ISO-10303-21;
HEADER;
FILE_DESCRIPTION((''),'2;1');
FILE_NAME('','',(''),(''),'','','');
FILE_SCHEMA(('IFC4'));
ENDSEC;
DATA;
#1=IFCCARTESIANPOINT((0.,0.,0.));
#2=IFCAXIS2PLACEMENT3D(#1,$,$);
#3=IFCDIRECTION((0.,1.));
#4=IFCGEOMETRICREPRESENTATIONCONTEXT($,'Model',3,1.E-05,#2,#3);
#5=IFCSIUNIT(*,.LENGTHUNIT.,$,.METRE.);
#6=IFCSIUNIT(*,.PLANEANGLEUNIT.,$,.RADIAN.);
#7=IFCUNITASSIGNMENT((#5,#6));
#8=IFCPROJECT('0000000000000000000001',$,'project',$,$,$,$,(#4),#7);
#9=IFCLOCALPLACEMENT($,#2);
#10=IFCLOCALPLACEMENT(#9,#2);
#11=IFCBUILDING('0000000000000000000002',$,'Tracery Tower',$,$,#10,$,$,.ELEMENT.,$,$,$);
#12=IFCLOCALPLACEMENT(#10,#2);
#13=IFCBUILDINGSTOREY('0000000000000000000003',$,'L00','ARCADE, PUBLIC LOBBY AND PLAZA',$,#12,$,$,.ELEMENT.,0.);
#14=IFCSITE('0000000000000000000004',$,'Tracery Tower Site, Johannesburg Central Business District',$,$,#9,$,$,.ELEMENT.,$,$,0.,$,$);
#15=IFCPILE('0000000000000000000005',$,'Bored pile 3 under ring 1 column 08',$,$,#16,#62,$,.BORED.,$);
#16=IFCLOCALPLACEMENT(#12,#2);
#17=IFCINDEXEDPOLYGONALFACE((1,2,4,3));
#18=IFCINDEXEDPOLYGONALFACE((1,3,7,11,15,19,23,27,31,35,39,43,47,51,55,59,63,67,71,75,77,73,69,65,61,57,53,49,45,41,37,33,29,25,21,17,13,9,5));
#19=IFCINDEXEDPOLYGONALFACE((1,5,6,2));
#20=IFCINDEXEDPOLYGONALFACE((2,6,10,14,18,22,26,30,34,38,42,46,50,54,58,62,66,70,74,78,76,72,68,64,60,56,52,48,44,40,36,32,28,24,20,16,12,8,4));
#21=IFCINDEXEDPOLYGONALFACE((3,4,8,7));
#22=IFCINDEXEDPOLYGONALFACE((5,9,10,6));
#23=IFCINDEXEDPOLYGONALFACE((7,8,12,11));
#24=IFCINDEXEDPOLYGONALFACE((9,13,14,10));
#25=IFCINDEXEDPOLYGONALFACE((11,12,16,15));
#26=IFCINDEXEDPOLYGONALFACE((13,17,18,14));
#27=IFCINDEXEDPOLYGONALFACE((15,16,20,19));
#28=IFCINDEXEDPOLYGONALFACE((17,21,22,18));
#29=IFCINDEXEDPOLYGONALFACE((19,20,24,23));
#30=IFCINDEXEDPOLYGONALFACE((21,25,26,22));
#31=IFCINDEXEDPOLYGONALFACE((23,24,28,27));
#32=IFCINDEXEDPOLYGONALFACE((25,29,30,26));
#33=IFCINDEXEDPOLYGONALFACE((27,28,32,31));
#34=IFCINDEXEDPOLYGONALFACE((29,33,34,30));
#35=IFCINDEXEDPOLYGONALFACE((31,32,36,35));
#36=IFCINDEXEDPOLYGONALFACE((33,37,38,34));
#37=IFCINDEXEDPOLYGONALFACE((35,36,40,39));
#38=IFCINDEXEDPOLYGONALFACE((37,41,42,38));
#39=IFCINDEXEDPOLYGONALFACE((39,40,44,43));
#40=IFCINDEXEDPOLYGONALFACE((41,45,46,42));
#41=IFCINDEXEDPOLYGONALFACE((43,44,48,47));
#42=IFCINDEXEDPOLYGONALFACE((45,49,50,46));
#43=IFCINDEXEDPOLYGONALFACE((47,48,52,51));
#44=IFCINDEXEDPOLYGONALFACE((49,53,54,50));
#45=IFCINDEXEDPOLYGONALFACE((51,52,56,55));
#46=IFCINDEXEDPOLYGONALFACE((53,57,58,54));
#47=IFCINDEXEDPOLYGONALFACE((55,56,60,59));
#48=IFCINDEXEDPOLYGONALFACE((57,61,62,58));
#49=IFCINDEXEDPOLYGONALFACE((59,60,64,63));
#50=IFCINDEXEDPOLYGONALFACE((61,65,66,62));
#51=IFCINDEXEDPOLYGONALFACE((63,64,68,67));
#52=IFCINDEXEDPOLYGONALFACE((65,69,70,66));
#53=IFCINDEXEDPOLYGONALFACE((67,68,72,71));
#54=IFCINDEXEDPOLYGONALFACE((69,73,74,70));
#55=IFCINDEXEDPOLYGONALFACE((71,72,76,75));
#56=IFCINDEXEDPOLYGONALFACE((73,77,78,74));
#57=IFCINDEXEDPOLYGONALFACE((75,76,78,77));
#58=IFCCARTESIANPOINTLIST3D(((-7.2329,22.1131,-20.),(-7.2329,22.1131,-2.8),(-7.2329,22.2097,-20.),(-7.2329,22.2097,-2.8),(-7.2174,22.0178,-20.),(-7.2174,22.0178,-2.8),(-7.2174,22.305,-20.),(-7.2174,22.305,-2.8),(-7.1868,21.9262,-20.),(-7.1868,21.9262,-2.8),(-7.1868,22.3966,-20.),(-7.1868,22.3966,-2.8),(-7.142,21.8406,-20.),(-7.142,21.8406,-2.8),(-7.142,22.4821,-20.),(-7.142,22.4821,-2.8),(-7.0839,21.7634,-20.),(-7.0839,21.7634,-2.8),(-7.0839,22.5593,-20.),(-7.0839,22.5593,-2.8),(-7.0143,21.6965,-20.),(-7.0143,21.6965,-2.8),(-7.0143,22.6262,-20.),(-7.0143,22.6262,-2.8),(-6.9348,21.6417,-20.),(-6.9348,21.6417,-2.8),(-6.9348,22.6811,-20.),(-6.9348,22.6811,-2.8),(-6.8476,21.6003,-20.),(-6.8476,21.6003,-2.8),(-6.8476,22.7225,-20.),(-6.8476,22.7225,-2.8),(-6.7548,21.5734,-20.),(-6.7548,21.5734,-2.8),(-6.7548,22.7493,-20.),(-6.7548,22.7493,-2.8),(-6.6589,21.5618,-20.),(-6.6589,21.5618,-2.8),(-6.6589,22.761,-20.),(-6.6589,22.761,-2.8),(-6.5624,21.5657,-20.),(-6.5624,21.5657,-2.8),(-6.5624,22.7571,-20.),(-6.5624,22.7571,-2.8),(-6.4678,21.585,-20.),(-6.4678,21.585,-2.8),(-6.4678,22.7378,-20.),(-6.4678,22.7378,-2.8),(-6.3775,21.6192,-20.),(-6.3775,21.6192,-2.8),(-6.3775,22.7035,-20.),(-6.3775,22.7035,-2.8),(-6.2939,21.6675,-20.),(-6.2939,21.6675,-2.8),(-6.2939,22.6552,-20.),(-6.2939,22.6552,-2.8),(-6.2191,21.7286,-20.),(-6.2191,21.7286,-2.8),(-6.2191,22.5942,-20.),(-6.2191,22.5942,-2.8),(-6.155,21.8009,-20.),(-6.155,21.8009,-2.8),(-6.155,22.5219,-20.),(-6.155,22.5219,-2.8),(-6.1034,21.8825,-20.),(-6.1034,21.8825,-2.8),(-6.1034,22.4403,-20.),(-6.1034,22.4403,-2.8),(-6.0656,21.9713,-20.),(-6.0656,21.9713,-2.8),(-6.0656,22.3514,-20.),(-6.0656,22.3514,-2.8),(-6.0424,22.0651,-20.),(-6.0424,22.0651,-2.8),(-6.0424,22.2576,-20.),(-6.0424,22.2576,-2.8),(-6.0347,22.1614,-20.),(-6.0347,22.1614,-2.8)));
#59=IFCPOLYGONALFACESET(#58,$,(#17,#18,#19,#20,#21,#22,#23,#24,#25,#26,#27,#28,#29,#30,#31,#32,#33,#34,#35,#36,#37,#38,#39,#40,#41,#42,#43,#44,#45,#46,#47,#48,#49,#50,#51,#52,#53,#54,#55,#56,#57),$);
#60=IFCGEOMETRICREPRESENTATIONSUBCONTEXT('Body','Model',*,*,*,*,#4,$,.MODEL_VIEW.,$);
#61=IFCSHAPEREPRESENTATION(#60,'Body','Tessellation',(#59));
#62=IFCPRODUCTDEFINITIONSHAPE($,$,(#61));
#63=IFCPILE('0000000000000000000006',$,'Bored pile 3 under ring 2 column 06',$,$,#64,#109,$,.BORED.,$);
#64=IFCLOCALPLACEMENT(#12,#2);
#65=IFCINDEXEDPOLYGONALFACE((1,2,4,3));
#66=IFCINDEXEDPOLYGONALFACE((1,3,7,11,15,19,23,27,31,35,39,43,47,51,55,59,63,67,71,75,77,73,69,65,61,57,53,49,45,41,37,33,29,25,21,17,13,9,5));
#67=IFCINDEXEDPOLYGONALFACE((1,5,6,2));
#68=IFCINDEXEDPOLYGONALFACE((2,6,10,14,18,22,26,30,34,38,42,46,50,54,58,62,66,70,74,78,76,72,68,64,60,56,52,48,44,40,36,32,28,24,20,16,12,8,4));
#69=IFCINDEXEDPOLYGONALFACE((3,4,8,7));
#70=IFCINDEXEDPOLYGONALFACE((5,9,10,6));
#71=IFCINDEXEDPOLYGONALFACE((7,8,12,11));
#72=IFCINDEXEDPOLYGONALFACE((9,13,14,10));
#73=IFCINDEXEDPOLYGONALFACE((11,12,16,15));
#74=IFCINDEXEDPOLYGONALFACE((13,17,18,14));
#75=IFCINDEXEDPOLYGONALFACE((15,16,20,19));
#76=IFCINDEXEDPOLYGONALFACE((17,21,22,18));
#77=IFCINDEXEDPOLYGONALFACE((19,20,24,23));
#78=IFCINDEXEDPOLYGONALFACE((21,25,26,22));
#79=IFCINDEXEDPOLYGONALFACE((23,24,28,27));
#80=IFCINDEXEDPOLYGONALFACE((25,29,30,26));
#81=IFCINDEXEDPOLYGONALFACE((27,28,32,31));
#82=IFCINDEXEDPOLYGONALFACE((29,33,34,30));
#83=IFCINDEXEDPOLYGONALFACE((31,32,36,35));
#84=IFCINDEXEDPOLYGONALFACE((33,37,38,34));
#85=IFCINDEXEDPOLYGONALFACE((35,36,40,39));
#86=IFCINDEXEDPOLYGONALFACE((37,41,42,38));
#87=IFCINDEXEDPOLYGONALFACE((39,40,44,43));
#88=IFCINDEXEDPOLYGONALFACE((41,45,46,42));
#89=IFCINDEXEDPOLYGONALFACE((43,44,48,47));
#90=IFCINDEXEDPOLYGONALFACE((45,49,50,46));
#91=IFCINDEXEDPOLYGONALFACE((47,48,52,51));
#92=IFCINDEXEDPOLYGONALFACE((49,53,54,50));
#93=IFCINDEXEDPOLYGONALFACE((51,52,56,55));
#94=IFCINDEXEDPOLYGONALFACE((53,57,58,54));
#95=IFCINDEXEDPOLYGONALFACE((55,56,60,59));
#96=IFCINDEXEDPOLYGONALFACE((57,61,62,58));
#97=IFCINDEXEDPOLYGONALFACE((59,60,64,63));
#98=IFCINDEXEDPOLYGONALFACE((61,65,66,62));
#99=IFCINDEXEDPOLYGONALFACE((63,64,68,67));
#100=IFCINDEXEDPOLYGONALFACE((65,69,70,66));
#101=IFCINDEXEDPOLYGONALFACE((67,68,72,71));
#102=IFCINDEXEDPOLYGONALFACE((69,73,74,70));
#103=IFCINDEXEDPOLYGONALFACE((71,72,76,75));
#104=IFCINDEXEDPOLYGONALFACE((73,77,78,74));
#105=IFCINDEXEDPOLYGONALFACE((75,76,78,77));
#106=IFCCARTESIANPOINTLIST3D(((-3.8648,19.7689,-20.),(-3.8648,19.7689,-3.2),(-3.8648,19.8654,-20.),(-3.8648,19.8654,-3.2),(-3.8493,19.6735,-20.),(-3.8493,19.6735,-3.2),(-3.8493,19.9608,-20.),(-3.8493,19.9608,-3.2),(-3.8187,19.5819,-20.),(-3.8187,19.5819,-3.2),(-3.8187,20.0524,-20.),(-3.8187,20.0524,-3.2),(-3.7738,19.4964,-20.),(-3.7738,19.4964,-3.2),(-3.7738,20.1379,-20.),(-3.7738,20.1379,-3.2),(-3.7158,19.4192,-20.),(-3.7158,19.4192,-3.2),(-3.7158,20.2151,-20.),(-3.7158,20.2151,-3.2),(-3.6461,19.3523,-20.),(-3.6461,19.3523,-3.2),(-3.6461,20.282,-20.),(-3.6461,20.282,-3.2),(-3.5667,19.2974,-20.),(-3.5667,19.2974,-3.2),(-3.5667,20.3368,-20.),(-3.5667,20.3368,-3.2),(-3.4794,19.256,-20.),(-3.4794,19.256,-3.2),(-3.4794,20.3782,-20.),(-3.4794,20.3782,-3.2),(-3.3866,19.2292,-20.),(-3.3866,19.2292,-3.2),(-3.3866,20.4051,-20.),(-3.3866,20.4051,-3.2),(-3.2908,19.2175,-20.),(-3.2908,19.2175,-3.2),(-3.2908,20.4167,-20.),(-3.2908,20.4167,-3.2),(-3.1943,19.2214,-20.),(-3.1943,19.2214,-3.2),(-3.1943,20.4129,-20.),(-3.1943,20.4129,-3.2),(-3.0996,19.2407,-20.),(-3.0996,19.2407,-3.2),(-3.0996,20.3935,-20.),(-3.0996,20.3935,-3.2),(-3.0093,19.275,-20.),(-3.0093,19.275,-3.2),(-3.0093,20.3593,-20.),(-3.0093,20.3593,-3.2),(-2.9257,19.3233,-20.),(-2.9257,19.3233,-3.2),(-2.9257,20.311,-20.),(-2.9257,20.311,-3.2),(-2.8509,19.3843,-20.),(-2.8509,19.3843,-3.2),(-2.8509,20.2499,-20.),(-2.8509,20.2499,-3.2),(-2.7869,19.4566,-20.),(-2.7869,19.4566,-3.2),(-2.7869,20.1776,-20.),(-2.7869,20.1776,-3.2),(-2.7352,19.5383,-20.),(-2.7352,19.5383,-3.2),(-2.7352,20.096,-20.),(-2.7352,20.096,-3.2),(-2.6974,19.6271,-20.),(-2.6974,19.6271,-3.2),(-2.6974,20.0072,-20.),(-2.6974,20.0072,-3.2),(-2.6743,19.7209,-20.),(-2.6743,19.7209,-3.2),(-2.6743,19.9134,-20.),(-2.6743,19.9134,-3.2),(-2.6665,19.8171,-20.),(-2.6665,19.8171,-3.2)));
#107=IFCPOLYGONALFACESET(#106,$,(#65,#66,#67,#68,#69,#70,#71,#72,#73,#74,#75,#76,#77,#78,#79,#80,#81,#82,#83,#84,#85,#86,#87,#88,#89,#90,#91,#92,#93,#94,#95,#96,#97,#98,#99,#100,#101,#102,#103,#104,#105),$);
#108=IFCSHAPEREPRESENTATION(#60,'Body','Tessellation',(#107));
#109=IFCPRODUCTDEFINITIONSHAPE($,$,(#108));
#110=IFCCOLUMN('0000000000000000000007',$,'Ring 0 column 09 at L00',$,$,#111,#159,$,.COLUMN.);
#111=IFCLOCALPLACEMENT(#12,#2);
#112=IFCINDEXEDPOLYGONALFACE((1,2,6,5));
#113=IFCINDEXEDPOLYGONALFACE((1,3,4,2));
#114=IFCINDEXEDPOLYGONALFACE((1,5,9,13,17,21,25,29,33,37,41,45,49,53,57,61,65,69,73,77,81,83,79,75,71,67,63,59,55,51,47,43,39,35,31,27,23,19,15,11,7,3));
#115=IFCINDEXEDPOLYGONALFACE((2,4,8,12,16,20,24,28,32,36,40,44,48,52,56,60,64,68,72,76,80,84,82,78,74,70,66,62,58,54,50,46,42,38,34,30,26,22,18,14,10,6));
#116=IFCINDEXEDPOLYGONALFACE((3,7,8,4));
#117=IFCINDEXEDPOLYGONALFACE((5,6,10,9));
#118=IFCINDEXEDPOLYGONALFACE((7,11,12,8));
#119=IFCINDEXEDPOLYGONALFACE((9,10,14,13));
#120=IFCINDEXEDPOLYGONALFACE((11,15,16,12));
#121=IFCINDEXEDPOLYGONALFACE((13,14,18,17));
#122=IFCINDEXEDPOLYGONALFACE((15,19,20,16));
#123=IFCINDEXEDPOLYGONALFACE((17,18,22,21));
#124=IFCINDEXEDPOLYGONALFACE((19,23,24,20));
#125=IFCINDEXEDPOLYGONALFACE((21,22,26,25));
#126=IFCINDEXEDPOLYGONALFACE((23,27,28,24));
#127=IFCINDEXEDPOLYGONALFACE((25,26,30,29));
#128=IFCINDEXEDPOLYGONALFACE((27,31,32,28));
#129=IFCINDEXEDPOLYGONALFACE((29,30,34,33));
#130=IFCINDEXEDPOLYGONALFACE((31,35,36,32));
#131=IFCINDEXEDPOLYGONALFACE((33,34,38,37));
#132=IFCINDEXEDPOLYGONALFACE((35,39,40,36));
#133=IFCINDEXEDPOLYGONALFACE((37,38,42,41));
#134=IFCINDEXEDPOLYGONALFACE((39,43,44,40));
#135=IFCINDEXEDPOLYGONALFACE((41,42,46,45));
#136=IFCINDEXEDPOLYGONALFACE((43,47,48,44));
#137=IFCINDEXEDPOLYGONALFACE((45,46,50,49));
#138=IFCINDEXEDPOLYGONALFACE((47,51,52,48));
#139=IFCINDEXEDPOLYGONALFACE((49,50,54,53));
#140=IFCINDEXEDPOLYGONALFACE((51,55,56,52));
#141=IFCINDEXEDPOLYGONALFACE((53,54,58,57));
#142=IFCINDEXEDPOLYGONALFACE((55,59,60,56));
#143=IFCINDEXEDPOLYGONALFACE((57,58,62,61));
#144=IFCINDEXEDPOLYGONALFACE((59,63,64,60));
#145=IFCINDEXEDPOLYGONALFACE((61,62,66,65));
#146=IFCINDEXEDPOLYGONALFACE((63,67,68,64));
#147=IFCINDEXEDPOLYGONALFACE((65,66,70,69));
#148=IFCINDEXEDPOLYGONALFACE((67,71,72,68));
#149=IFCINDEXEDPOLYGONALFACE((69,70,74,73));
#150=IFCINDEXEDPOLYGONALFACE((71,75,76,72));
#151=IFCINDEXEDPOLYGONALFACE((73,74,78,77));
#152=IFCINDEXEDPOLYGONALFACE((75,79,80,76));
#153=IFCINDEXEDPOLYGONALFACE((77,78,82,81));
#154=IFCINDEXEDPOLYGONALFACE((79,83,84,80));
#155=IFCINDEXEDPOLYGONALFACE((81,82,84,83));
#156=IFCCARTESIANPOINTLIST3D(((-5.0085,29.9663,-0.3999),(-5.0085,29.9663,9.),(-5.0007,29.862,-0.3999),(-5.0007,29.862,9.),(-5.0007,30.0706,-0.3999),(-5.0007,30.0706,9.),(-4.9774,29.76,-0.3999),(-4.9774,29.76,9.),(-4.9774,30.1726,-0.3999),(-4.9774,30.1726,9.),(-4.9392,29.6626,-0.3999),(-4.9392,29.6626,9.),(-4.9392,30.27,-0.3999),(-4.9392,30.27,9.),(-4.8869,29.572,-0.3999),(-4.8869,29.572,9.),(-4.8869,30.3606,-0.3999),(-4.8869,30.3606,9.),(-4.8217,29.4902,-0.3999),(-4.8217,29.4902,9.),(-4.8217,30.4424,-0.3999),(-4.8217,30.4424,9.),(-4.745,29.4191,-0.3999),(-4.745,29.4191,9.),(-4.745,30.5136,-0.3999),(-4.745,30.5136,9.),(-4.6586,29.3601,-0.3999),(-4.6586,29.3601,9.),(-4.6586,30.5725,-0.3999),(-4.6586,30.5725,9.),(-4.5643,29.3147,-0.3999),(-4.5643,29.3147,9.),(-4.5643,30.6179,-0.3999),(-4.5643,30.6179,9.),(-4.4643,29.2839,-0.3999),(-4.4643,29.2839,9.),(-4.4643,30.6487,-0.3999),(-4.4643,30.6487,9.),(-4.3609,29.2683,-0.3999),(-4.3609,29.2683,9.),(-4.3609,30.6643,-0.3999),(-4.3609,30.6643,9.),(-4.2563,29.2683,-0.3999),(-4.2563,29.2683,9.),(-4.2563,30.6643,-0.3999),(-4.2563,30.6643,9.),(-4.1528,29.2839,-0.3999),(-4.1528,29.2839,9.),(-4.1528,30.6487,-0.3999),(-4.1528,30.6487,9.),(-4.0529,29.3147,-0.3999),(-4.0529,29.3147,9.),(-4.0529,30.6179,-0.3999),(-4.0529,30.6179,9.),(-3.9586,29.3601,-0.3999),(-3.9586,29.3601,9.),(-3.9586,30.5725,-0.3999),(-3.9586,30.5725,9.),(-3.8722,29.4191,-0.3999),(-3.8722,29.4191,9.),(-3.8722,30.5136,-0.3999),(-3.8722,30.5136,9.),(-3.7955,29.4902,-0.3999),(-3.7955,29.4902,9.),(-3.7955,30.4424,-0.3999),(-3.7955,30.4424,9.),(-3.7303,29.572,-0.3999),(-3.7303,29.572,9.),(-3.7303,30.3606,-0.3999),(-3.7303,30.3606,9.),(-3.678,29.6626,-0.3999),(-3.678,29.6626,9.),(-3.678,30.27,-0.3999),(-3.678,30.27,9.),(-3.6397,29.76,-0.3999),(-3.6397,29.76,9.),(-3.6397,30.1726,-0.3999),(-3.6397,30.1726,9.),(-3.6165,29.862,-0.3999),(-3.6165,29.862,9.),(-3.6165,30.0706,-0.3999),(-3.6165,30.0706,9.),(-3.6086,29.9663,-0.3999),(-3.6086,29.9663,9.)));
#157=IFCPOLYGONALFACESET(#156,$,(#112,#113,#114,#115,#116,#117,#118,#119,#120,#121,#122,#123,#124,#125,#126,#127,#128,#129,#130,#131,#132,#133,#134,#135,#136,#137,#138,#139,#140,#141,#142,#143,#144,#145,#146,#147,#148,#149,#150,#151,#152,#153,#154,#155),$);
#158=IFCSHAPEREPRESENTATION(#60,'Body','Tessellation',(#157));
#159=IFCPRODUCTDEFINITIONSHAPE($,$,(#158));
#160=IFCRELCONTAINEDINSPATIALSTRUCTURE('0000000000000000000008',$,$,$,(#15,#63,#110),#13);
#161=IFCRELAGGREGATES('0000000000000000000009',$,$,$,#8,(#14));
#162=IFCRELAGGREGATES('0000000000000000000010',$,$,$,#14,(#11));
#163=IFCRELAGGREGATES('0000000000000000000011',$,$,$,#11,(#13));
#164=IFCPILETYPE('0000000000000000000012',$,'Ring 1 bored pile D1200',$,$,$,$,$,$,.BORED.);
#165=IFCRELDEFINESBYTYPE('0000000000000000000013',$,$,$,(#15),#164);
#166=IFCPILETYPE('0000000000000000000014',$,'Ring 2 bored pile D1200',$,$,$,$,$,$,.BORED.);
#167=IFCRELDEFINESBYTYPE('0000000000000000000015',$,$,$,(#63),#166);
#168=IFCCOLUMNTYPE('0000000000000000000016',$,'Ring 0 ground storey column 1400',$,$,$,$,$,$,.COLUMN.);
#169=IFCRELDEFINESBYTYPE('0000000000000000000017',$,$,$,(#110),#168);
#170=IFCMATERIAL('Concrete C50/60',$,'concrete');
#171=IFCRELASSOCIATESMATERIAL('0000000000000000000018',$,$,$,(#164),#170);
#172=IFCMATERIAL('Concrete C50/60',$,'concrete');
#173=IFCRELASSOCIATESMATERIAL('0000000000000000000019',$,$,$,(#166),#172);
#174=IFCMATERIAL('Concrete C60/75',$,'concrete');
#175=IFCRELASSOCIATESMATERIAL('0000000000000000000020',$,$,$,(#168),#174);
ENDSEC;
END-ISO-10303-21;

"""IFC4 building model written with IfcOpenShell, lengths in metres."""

from ifc_helpers import new_model, si_unit, direction, frame, origin, origin_2d, place, context, subcontext, project, spatial, circle, extrude, material, material_profile, profile_set, type_object, element, save


model = new_model("IFC4")

# Units and contexts
model_context = context("Model", 3, precision=1e-05, world=origin(), true_north=direction((0.0, 1.0)))
body_context = subcontext(model_context, "Body", "Model", "MODEL_VIEW")
ifc_project = project(units=[si_unit("LENGTHUNIT", "METRE"), si_unit("PLANEANGLEUNIT", "RADIAN")], contexts=[model_context])

# Site, building, storey
site_placement = place(None, origin())
site = spatial("IfcSite", under=ifc_project, at=site_placement, Name="Tracery Tower Site, Johannesburg Central Business District", CompositionType="ELEMENT", RefElevation=0.0)
building_placement = place(site_placement, origin())
building = spatial("IfcBuilding", under=site, at=building_placement, Name="Tracery Tower", CompositionType="ELEMENT")
storey_placement = place(building_placement, origin())
storey = spatial("IfcBuildingStorey", under=building, at=storey_placement, Name="L00", Description="ARCADE, PUBLIC LOBBY AND PLAZA", CompositionType="ELEMENT", Elevation=0.0)

# Piles
ifc_material_1 = material(Name="Concrete C50/60", Category="concrete")
ifc_material_profile_1 = material_profile(ifc_material_1, circle(Radius=0.6001, at=origin_2d()), Name="RC D1200")
ifc_profile_set_1 = profile_set([ifc_material_profile_1], Name="Concrete C50/60")
pile_type_1 = type_object("IfcPileType", Name="Ring 1 bored pile D1200", PredefinedType="BORED", material=ifc_profile_set_1)
for number, where, z_axis, x_axis, name in (
    (1, (-6.6348, 22.1614, -2.8), (0.0, 0.0, -1.0), (1.0, 0.0, 0.0), "Bored pile 3 under ring 1 column 08"),
):
    element("IfcPile", number, at=place(storey_placement, frame(where, z_axis=z_axis, x_axis=x_axis)), inside=storey, type_object=pile_type_1, Name=name, PredefinedType="BORED", context=body_context, shape_type="SweptSolid", body=[
        extrude(circle(Radius=0.6001, at=origin_2d()), origin(), (0.0, 0.0, 1.0), 17.2),
    ])
ifc_material_2 = material(Name="Concrete C50/60", Category="concrete")
ifc_material_profile_2 = material_profile(ifc_material_2, circle(Radius=0.6001, at=origin_2d()), Name="RC D1200")
ifc_profile_set_2 = profile_set([ifc_material_profile_2], Name="Concrete C50/60")
pile_type_2 = type_object("IfcPileType", Name="Ring 2 bored pile D1200", PredefinedType="BORED", material=ifc_profile_set_2)
pile_placement = place(storey_placement, frame((-3.2666, 19.8171, -3.2), z_axis=(0.0, 0.0, -1.0), x_axis=(1.0, 0.0, 0.0)))
element("IfcPile", 2, at=pile_placement, inside=storey, type_object=pile_type_2, Name="Bored pile 3 under ring 2 column 06", PredefinedType="BORED", context=body_context, shape_type="SweptSolid", body=[
    extrude(circle(Radius=0.6001, at=origin_2d()), origin(), (0.0, 0.0, 1.0), 16.8),
])

# Column
ifc_material_3 = material(Name="Concrete C60/75", Category="concrete")
ifc_material_profile_3 = material_profile(ifc_material_3, circle(Radius=0.7, at=origin_2d()), Name="RC D1400")
ifc_profile_set_3 = profile_set([ifc_material_profile_3], Name="Concrete C60/75")
column_type_1 = type_object("IfcColumnType", Name="Ring 0 ground storey column 1400", PredefinedType="COLUMN", material=ifc_profile_set_3)
for number, where, z_axis, x_axis, name in (
    (3, (-4.3086, 29.9663, -0.3999), (0.0, 0.0, 1.0), (1.0, 0.0, 0.0), "Ring 0 column 09 at L00"),
):
    element("IfcColumn", number, at=place(storey_placement, frame(where, z_axis=z_axis, x_axis=x_axis)), inside=storey, type_object=column_type_1, Name=name, PredefinedType="COLUMN", context=body_context, shape_type="SweptSolid", body=[
        extrude(circle(Radius=0.7, at=origin_2d()), origin(), (0.0, 0.0, 1.0), 9.3999),
    ])

save(model, "model.ifc")
